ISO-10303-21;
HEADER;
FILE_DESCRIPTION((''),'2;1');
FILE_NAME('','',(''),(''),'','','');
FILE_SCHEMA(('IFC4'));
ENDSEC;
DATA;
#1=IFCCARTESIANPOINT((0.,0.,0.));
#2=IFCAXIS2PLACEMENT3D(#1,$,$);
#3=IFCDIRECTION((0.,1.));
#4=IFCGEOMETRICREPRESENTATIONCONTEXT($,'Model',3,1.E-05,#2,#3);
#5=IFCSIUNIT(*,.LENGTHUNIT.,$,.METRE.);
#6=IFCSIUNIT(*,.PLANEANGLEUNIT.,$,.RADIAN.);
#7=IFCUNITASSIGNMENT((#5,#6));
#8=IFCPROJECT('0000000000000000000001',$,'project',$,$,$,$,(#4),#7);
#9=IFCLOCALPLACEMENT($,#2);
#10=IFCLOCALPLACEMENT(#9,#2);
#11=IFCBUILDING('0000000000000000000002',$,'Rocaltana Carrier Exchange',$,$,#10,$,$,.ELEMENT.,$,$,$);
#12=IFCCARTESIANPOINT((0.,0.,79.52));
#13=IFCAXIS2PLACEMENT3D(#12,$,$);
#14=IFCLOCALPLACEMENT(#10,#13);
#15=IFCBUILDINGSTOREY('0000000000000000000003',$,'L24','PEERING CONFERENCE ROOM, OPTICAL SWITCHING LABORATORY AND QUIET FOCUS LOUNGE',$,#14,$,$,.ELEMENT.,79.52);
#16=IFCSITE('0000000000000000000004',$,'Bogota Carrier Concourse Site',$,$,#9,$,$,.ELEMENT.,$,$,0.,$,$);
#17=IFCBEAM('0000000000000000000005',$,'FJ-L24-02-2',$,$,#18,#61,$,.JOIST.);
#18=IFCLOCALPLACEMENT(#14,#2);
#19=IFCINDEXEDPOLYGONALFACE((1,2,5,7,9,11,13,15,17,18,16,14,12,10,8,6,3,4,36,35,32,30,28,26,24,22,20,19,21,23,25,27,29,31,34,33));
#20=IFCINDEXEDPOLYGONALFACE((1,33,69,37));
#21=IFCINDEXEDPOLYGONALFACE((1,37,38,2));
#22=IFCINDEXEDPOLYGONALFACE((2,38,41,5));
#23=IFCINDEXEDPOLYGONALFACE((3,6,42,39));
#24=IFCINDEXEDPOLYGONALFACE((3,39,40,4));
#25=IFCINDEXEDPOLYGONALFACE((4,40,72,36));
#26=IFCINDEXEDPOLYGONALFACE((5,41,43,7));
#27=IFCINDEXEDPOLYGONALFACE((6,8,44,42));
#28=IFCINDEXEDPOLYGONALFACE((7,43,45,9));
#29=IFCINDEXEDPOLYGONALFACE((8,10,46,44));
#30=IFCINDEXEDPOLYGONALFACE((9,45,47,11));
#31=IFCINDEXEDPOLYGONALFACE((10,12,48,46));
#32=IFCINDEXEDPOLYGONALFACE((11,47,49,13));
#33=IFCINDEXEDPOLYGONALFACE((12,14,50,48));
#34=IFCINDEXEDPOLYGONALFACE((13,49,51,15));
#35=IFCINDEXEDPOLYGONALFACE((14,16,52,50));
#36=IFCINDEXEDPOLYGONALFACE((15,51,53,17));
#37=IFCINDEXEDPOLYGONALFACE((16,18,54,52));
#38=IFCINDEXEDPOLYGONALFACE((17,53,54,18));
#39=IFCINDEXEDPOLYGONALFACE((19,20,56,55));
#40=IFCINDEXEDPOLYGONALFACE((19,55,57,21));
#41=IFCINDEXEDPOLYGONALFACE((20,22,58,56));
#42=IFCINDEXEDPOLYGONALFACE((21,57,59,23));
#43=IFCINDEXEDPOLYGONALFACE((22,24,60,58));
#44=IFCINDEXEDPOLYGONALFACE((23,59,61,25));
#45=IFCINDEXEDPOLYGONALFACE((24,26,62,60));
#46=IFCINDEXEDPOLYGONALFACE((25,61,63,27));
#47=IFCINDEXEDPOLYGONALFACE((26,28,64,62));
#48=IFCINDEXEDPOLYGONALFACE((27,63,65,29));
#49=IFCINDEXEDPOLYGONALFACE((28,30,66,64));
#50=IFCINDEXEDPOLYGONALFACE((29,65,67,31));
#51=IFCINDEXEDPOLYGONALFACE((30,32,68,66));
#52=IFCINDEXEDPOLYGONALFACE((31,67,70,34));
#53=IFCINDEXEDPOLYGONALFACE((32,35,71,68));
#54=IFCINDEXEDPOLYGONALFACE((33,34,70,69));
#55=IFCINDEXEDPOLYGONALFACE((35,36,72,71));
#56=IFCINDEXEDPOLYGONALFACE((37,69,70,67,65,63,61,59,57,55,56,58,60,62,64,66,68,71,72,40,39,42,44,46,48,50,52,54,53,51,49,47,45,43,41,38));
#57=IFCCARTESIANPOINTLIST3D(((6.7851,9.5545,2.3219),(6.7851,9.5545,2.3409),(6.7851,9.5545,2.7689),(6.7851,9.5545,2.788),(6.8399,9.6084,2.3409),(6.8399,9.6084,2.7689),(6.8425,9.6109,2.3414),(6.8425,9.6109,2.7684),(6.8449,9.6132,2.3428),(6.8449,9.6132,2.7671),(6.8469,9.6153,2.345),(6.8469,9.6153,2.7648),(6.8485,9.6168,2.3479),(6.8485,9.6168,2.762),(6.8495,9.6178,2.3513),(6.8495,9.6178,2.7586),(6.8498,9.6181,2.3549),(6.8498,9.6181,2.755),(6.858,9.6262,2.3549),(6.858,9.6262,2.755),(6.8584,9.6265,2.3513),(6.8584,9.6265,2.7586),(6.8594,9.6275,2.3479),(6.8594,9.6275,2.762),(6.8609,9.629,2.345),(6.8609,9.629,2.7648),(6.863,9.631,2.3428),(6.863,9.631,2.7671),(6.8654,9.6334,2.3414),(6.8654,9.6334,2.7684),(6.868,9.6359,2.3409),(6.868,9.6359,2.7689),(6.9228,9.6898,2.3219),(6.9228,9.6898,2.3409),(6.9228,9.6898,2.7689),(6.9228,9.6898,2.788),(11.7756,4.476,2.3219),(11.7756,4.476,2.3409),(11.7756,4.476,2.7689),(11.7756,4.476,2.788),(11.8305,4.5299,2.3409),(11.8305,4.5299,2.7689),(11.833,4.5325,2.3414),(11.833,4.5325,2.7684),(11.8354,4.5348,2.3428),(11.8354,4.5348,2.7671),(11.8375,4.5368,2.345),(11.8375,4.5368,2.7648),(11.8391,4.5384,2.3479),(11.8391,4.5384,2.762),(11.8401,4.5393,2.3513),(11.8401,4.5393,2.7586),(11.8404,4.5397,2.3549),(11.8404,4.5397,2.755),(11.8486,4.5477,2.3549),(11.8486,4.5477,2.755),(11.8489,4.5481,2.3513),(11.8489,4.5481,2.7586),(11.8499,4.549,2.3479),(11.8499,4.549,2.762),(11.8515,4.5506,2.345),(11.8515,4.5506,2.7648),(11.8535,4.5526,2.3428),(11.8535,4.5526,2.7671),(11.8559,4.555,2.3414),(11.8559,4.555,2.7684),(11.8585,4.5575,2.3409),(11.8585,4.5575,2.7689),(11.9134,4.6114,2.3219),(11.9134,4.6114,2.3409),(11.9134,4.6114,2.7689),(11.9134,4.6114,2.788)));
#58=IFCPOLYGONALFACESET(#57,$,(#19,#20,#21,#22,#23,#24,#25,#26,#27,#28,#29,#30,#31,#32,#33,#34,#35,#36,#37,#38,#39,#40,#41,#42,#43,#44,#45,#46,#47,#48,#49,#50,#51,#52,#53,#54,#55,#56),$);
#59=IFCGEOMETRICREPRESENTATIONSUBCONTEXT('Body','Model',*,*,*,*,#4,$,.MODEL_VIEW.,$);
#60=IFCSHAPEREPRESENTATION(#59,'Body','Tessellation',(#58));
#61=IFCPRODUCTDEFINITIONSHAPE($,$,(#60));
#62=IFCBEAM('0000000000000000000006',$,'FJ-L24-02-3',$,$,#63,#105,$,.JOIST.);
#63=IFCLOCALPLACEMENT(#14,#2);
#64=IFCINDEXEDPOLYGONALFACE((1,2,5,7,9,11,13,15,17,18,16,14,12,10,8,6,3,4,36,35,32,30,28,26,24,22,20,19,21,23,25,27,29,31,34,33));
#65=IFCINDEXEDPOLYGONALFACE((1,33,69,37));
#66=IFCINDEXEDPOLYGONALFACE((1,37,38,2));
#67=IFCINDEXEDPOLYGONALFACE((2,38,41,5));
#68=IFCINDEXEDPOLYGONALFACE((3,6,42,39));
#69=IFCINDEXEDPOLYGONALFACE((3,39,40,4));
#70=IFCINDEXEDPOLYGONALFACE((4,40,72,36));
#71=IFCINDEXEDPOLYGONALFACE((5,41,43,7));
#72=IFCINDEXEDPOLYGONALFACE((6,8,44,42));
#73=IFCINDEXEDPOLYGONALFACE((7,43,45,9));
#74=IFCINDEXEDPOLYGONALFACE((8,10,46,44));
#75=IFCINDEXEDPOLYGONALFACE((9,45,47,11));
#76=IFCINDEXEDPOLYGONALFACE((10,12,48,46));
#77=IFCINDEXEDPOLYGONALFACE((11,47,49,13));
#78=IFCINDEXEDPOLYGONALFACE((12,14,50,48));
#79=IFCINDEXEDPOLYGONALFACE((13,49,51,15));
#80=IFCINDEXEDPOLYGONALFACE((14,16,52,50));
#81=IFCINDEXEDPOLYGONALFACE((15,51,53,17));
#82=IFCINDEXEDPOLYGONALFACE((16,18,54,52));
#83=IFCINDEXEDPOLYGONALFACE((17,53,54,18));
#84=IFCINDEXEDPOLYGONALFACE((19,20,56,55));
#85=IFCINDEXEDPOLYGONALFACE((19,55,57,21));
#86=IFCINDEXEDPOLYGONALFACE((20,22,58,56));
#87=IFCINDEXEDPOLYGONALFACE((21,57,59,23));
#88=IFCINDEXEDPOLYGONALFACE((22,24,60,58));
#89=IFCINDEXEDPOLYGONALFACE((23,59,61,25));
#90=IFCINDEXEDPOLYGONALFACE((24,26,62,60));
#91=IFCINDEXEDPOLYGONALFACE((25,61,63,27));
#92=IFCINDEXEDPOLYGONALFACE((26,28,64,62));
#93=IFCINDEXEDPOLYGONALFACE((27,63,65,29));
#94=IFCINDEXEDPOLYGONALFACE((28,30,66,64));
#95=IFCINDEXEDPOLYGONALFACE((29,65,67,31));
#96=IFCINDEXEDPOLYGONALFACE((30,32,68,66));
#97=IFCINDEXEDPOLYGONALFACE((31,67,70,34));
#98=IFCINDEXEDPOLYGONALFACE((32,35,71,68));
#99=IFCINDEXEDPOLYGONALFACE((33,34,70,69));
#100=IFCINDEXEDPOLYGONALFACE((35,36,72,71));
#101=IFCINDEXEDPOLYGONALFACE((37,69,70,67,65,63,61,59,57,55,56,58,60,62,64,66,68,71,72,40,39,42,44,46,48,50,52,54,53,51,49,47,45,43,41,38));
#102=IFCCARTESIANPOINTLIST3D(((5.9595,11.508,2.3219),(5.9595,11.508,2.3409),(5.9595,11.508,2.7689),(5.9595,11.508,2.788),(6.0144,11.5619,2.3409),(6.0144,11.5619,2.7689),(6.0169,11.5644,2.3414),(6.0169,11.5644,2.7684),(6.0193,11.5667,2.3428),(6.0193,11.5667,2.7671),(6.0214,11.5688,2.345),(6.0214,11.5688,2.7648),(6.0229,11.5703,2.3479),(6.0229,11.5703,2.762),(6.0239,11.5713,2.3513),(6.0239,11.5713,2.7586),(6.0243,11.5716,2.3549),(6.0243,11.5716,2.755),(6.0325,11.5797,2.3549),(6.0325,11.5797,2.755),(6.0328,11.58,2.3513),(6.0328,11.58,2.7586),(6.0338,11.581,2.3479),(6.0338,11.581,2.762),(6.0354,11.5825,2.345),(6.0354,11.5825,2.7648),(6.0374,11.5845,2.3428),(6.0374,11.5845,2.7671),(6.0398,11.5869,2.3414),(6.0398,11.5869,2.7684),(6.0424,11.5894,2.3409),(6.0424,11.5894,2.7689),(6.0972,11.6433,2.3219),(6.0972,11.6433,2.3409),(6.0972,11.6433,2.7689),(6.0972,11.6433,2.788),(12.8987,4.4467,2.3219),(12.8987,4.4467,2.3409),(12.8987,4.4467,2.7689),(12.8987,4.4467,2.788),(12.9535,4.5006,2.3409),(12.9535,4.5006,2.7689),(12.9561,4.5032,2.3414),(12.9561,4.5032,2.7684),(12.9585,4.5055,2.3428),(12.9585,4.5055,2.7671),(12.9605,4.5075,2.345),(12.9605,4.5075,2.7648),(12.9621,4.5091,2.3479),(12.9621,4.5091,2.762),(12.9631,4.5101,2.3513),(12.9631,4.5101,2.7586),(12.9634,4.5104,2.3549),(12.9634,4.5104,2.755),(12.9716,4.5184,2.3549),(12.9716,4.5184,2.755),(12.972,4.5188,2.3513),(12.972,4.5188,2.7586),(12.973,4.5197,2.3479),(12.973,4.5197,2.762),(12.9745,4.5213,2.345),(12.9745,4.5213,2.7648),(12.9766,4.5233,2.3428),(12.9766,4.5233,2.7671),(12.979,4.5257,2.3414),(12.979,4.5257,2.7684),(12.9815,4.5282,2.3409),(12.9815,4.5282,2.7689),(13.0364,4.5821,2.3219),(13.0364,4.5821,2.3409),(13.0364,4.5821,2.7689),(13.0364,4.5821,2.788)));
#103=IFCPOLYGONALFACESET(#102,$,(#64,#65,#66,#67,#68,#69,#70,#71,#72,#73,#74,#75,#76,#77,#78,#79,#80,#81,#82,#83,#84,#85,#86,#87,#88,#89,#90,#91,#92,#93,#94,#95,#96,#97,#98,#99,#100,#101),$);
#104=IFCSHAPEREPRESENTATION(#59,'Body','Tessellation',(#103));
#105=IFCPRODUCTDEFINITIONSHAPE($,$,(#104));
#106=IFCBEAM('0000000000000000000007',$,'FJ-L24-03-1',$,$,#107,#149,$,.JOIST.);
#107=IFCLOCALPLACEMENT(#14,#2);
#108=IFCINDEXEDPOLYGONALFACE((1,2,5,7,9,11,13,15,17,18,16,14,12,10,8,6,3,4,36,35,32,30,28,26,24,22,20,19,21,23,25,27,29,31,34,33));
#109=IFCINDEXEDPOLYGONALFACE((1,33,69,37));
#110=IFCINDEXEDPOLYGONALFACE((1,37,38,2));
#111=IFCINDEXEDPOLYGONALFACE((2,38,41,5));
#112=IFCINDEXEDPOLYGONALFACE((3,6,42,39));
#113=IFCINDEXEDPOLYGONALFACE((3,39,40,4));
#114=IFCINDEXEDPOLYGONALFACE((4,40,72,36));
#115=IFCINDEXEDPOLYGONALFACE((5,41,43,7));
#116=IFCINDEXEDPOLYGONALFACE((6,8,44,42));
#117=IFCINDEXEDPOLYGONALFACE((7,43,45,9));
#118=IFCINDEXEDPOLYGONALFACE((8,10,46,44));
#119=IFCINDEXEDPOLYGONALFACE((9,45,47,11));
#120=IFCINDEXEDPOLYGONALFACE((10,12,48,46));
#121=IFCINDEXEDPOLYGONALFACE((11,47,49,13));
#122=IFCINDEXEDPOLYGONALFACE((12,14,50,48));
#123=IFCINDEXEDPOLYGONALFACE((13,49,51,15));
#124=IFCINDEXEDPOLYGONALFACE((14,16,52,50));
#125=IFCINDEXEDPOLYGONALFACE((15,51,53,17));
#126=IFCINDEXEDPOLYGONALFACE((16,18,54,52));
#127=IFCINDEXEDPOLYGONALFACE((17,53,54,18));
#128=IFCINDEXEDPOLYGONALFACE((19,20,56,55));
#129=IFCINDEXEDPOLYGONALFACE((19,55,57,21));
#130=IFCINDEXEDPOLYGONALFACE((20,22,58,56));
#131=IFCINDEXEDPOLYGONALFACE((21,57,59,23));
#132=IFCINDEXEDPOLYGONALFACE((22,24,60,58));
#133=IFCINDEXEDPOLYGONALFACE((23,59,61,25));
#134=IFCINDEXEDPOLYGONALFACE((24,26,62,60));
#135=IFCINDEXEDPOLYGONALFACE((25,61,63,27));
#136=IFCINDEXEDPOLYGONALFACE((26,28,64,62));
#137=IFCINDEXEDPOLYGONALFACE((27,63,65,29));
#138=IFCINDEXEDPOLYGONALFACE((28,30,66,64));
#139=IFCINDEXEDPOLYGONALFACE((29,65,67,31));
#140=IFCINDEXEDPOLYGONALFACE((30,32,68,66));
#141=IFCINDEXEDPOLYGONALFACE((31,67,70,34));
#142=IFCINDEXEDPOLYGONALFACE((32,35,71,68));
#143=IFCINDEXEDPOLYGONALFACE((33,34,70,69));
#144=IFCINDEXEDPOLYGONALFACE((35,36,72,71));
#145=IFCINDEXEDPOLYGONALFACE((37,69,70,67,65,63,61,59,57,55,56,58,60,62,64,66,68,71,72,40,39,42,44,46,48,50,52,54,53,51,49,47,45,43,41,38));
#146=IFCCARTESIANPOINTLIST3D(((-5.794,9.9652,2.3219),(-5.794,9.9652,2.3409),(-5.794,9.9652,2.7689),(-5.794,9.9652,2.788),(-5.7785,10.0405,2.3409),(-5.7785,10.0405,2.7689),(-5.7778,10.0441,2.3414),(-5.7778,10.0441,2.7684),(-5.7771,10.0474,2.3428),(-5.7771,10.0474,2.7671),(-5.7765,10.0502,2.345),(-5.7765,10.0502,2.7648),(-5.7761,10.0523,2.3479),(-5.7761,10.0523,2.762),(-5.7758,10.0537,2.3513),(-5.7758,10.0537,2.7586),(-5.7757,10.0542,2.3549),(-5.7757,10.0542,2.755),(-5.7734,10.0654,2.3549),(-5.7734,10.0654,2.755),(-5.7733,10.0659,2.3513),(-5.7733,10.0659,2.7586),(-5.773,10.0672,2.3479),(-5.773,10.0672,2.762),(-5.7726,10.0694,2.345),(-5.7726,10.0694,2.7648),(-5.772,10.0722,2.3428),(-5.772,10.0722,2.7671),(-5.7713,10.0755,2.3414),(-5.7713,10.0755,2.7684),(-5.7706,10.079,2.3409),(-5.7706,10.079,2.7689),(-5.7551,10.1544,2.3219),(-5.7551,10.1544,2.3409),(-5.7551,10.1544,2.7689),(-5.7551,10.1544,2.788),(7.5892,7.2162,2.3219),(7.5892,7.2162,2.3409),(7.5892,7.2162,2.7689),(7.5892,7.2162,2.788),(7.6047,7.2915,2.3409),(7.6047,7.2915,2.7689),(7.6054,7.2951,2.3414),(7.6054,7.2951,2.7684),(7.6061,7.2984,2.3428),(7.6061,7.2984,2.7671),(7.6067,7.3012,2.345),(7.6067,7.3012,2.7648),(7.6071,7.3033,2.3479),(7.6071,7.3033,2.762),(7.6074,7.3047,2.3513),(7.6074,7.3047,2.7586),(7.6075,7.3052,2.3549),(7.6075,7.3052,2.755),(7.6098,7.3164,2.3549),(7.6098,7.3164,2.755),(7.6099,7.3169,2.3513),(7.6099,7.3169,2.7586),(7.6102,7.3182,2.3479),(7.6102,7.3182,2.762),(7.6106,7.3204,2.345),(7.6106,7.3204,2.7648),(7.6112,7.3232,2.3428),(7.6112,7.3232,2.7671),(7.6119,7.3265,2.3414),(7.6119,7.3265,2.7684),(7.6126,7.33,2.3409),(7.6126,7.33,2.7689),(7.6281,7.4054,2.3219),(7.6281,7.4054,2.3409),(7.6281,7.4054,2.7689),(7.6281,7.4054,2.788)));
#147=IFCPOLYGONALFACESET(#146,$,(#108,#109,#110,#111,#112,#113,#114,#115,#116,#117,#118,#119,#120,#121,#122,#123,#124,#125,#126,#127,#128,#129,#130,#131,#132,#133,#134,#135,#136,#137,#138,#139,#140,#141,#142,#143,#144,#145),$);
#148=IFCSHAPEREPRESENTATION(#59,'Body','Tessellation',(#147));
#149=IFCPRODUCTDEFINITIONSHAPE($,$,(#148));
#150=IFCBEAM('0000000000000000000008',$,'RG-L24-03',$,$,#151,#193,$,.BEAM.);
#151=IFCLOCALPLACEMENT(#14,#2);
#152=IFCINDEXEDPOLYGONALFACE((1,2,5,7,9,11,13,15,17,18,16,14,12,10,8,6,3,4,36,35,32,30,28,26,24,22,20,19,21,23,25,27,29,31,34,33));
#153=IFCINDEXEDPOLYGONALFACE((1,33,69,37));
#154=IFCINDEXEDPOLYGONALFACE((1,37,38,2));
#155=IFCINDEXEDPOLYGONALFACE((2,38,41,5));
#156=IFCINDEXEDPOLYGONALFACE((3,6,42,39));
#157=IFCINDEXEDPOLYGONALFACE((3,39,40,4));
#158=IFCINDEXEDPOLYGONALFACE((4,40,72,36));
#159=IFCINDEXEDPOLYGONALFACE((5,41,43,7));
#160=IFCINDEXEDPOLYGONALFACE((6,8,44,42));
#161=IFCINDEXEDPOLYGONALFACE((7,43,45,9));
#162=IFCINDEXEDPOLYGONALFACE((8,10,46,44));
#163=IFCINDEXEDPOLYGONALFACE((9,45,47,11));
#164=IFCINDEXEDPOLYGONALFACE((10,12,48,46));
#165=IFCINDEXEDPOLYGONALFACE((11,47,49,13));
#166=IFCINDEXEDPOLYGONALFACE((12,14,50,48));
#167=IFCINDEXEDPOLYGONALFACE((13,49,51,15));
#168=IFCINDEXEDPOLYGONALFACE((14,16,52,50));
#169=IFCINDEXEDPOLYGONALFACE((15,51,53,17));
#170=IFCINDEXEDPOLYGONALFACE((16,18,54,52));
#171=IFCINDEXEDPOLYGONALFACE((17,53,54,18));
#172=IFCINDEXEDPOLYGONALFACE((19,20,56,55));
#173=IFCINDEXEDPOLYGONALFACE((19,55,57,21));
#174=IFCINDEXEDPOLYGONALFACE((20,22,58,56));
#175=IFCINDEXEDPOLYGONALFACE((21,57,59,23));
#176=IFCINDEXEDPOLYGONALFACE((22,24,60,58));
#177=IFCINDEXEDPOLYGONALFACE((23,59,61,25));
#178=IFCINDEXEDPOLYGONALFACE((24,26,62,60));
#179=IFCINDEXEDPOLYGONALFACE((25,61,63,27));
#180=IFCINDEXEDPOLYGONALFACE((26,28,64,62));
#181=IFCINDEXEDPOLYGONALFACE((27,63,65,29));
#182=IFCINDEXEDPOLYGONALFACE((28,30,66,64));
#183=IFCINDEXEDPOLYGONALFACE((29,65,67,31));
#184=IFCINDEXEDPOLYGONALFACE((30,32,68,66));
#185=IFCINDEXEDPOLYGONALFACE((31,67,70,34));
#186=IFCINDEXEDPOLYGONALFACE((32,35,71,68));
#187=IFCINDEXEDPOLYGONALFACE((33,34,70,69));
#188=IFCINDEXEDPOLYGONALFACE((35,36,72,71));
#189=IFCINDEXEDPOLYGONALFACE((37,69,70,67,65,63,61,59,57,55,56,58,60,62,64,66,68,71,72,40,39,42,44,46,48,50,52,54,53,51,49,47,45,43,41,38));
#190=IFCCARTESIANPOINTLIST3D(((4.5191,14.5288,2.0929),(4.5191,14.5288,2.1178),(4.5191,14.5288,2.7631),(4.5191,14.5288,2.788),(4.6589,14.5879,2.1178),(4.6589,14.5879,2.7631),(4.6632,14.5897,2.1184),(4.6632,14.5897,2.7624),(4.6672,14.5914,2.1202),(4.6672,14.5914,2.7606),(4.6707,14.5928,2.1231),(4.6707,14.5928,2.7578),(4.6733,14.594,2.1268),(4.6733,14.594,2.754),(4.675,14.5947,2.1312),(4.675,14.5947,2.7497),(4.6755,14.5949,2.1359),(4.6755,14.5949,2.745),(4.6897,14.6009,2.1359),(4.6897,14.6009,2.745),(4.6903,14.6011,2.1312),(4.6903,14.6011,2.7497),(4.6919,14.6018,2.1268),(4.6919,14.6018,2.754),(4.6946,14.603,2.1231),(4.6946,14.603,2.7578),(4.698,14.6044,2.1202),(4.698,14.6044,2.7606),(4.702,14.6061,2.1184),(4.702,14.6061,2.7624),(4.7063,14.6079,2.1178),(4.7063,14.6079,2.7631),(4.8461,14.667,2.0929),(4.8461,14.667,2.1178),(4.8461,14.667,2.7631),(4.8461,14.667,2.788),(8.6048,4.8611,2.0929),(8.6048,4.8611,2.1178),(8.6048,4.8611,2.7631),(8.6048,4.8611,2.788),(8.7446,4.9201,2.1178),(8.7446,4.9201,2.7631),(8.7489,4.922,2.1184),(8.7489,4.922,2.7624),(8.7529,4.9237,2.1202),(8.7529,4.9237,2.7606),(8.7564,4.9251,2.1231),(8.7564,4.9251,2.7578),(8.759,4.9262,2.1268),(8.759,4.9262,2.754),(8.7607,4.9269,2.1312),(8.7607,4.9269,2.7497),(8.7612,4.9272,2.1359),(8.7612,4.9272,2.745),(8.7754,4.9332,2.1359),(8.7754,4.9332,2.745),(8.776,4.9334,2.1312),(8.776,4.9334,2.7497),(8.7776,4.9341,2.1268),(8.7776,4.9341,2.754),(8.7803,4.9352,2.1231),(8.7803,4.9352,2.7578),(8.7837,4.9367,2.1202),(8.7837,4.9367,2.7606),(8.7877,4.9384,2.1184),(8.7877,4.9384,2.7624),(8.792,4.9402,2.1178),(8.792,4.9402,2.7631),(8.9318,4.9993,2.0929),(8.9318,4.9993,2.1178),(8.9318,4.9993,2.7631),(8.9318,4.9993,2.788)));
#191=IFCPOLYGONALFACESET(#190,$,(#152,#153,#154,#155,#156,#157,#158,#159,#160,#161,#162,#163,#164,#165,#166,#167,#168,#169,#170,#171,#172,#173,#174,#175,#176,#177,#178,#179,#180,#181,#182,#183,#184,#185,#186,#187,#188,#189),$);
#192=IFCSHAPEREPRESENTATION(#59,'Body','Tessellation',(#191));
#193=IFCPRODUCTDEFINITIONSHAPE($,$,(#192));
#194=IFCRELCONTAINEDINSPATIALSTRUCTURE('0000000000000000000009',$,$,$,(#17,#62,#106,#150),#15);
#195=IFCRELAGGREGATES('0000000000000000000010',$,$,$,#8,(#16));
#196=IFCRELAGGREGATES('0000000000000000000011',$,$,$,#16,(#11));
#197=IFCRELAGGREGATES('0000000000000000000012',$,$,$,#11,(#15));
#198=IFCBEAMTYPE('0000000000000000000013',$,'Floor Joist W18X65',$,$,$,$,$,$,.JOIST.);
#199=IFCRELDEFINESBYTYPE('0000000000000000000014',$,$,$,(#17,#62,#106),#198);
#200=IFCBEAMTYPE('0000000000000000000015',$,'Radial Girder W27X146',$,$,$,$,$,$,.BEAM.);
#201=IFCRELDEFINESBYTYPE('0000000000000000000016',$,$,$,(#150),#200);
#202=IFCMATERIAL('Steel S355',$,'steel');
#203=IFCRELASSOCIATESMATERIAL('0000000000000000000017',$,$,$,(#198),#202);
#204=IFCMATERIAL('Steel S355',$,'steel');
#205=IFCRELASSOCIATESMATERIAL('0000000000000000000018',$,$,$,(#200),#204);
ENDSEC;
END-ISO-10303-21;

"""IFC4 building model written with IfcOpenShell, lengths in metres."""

from ifc_helpers import new_model, si_unit, direction, frame, origin, origin_2d, place, context, subcontext, project, spatial, i_section, extrude, material, material_profile, profile_set, type_object, element, save


model = new_model("IFC4")

# Units and contexts
model_context = context("Model", 3, precision=1e-05, world=origin(), true_north=direction((0.0, 1.0)))
body_context = subcontext(model_context, "Body", "Model", "MODEL_VIEW")
ifc_project = project(units=[si_unit("LENGTHUNIT", "METRE"), si_unit("PLANEANGLEUNIT", "RADIAN")], contexts=[model_context])

# Site, building, storey
site_placement = place(None, origin())
site = spatial("IfcSite", under=ifc_project, at=site_placement, Name="Bogota Carrier Concourse Site", CompositionType="ELEMENT", RefElevation=0.0)
building_placement = place(site_placement, origin())
building = spatial("IfcBuilding", under=site, at=building_placement, Name="Rocaltana Carrier Exchange", CompositionType="ELEMENT")
storey_placement = place(building_placement, frame((0.0, 0.0, 79.52)))
storey = spatial("IfcBuildingStorey", under=building, at=storey_placement, Name="L24", Description="PEERING CONFERENCE ROOM, OPTICAL SWITCHING LABORATORY AND QUIET FOCUS LOUNGE", CompositionType="ELEMENT", Elevation=79.52)

# Beams
ifc_material_1 = material(Name="Steel S355", Category="steel")
ifc_material_profile_1 = material_profile(ifc_material_1, i_section(OverallWidth=0.1931, OverallDepth=0.4661, WebThickness=0.0115, FlangeThickness=0.019, FilletRadius=0.0139, at=origin_2d()), Name="W18X65")
ifc_profile_set_1 = profile_set([ifc_material_profile_1], Name="Steel S355")
beam_type_1 = type_object("IfcBeamType", Name="Floor Joist W18X65", PredefinedType="JOIST", material=ifc_profile_set_1)
beam_1_placement = place(storey_placement, frame((11.8445, 4.5437, 2.5549), z_axis=(-0.700908, 0.713252, 0.0), x_axis=(-0.713252, -0.700908, 0.0)))
element("IfcBeam", 1, at=beam_1_placement, inside=storey, type_object=beam_type_1, Name="FJ-L24-02-2", PredefinedType="JOIST", context=body_context, shape_type="SweptSolid", body=[
    extrude(i_section(OverallWidth=0.1931, OverallDepth=0.4661, WebThickness=0.0115, FlangeThickness=0.019, FilletRadius=0.0139, at=origin_2d()), origin(), (0.0, 0.0, 1.0), 7.1201),
])
beam_2_placement = place(storey_placement, frame((12.9675, 4.5144, 2.5549), z_axis=(-0.700915, 0.713245, 0.0), x_axis=(-0.713245, -0.700915, 0.0)))
element("IfcBeam", 2, at=beam_2_placement, inside=storey, type_object=beam_type_1, Name="FJ-L24-02-3", PredefinedType="JOIST", context=body_context, shape_type="SweptSolid", body=[
    extrude(i_section(OverallWidth=0.1931, OverallDepth=0.4661, WebThickness=0.0115, FlangeThickness=0.019, FilletRadius=0.0139, at=origin_2d()), origin(), (0.0, 0.0, 1.0), 9.9001),
])
beam_3_placement = place(storey_placement, frame((7.6086, 7.3108, 2.5549), z_axis=(-0.979549, 0.201206, 0.0), x_axis=(-0.201206, -0.979549, 0.0)))
element("IfcBeam", 3, at=beam_3_placement, inside=storey, type_object=beam_type_1, Name="FJ-L24-03-1", PredefinedType="JOIST", context=body_context, shape_type="SweptSolid", body=[
    extrude(i_section(OverallWidth=0.1931, OverallDepth=0.4661, WebThickness=0.0115, FlangeThickness=0.019, FilletRadius=0.0139, at=origin_2d()), origin(), (0.0, 0.0, 1.0), 13.6626),
])
ifc_material_2 = material(Name="Steel S355", Category="steel")
ifc_material_profile_2 = material_profile(ifc_material_2, i_section(OverallWidth=0.355, OverallDepth=0.6951, WebThickness=0.0154, FlangeThickness=0.0249, FilletRadius=0.0181, at=origin_2d()), Name="W27X146")
ifc_profile_set_2 = profile_set([ifc_material_profile_2], Name="Steel S355")
beam_type_2 = type_object("IfcBeamType", Name="Radial Girder W27X146", PredefinedType="BEAM", material=ifc_profile_set_2)
beam_4_placement = place(storey_placement, frame((8.7683, 4.9302, 2.4404), z_axis=(-0.389276, 0.921121, 0.0), x_axis=(-0.921121, -0.389276, 0.0)))
element("IfcBeam", 4, at=beam_4_placement, inside=storey, type_object=beam_type_2, Name="RG-L24-03", PredefinedType="BEAM", context=body_context, shape_type="SweptSolid", body=[
    extrude(i_section(OverallWidth=0.355, OverallDepth=0.6951, WebThickness=0.0154, FlangeThickness=0.0249, FilletRadius=0.0181, at=origin_2d()), origin(), (0.0, 0.0, 1.0), 10.4956),
])

save(model, "model.ifc")
